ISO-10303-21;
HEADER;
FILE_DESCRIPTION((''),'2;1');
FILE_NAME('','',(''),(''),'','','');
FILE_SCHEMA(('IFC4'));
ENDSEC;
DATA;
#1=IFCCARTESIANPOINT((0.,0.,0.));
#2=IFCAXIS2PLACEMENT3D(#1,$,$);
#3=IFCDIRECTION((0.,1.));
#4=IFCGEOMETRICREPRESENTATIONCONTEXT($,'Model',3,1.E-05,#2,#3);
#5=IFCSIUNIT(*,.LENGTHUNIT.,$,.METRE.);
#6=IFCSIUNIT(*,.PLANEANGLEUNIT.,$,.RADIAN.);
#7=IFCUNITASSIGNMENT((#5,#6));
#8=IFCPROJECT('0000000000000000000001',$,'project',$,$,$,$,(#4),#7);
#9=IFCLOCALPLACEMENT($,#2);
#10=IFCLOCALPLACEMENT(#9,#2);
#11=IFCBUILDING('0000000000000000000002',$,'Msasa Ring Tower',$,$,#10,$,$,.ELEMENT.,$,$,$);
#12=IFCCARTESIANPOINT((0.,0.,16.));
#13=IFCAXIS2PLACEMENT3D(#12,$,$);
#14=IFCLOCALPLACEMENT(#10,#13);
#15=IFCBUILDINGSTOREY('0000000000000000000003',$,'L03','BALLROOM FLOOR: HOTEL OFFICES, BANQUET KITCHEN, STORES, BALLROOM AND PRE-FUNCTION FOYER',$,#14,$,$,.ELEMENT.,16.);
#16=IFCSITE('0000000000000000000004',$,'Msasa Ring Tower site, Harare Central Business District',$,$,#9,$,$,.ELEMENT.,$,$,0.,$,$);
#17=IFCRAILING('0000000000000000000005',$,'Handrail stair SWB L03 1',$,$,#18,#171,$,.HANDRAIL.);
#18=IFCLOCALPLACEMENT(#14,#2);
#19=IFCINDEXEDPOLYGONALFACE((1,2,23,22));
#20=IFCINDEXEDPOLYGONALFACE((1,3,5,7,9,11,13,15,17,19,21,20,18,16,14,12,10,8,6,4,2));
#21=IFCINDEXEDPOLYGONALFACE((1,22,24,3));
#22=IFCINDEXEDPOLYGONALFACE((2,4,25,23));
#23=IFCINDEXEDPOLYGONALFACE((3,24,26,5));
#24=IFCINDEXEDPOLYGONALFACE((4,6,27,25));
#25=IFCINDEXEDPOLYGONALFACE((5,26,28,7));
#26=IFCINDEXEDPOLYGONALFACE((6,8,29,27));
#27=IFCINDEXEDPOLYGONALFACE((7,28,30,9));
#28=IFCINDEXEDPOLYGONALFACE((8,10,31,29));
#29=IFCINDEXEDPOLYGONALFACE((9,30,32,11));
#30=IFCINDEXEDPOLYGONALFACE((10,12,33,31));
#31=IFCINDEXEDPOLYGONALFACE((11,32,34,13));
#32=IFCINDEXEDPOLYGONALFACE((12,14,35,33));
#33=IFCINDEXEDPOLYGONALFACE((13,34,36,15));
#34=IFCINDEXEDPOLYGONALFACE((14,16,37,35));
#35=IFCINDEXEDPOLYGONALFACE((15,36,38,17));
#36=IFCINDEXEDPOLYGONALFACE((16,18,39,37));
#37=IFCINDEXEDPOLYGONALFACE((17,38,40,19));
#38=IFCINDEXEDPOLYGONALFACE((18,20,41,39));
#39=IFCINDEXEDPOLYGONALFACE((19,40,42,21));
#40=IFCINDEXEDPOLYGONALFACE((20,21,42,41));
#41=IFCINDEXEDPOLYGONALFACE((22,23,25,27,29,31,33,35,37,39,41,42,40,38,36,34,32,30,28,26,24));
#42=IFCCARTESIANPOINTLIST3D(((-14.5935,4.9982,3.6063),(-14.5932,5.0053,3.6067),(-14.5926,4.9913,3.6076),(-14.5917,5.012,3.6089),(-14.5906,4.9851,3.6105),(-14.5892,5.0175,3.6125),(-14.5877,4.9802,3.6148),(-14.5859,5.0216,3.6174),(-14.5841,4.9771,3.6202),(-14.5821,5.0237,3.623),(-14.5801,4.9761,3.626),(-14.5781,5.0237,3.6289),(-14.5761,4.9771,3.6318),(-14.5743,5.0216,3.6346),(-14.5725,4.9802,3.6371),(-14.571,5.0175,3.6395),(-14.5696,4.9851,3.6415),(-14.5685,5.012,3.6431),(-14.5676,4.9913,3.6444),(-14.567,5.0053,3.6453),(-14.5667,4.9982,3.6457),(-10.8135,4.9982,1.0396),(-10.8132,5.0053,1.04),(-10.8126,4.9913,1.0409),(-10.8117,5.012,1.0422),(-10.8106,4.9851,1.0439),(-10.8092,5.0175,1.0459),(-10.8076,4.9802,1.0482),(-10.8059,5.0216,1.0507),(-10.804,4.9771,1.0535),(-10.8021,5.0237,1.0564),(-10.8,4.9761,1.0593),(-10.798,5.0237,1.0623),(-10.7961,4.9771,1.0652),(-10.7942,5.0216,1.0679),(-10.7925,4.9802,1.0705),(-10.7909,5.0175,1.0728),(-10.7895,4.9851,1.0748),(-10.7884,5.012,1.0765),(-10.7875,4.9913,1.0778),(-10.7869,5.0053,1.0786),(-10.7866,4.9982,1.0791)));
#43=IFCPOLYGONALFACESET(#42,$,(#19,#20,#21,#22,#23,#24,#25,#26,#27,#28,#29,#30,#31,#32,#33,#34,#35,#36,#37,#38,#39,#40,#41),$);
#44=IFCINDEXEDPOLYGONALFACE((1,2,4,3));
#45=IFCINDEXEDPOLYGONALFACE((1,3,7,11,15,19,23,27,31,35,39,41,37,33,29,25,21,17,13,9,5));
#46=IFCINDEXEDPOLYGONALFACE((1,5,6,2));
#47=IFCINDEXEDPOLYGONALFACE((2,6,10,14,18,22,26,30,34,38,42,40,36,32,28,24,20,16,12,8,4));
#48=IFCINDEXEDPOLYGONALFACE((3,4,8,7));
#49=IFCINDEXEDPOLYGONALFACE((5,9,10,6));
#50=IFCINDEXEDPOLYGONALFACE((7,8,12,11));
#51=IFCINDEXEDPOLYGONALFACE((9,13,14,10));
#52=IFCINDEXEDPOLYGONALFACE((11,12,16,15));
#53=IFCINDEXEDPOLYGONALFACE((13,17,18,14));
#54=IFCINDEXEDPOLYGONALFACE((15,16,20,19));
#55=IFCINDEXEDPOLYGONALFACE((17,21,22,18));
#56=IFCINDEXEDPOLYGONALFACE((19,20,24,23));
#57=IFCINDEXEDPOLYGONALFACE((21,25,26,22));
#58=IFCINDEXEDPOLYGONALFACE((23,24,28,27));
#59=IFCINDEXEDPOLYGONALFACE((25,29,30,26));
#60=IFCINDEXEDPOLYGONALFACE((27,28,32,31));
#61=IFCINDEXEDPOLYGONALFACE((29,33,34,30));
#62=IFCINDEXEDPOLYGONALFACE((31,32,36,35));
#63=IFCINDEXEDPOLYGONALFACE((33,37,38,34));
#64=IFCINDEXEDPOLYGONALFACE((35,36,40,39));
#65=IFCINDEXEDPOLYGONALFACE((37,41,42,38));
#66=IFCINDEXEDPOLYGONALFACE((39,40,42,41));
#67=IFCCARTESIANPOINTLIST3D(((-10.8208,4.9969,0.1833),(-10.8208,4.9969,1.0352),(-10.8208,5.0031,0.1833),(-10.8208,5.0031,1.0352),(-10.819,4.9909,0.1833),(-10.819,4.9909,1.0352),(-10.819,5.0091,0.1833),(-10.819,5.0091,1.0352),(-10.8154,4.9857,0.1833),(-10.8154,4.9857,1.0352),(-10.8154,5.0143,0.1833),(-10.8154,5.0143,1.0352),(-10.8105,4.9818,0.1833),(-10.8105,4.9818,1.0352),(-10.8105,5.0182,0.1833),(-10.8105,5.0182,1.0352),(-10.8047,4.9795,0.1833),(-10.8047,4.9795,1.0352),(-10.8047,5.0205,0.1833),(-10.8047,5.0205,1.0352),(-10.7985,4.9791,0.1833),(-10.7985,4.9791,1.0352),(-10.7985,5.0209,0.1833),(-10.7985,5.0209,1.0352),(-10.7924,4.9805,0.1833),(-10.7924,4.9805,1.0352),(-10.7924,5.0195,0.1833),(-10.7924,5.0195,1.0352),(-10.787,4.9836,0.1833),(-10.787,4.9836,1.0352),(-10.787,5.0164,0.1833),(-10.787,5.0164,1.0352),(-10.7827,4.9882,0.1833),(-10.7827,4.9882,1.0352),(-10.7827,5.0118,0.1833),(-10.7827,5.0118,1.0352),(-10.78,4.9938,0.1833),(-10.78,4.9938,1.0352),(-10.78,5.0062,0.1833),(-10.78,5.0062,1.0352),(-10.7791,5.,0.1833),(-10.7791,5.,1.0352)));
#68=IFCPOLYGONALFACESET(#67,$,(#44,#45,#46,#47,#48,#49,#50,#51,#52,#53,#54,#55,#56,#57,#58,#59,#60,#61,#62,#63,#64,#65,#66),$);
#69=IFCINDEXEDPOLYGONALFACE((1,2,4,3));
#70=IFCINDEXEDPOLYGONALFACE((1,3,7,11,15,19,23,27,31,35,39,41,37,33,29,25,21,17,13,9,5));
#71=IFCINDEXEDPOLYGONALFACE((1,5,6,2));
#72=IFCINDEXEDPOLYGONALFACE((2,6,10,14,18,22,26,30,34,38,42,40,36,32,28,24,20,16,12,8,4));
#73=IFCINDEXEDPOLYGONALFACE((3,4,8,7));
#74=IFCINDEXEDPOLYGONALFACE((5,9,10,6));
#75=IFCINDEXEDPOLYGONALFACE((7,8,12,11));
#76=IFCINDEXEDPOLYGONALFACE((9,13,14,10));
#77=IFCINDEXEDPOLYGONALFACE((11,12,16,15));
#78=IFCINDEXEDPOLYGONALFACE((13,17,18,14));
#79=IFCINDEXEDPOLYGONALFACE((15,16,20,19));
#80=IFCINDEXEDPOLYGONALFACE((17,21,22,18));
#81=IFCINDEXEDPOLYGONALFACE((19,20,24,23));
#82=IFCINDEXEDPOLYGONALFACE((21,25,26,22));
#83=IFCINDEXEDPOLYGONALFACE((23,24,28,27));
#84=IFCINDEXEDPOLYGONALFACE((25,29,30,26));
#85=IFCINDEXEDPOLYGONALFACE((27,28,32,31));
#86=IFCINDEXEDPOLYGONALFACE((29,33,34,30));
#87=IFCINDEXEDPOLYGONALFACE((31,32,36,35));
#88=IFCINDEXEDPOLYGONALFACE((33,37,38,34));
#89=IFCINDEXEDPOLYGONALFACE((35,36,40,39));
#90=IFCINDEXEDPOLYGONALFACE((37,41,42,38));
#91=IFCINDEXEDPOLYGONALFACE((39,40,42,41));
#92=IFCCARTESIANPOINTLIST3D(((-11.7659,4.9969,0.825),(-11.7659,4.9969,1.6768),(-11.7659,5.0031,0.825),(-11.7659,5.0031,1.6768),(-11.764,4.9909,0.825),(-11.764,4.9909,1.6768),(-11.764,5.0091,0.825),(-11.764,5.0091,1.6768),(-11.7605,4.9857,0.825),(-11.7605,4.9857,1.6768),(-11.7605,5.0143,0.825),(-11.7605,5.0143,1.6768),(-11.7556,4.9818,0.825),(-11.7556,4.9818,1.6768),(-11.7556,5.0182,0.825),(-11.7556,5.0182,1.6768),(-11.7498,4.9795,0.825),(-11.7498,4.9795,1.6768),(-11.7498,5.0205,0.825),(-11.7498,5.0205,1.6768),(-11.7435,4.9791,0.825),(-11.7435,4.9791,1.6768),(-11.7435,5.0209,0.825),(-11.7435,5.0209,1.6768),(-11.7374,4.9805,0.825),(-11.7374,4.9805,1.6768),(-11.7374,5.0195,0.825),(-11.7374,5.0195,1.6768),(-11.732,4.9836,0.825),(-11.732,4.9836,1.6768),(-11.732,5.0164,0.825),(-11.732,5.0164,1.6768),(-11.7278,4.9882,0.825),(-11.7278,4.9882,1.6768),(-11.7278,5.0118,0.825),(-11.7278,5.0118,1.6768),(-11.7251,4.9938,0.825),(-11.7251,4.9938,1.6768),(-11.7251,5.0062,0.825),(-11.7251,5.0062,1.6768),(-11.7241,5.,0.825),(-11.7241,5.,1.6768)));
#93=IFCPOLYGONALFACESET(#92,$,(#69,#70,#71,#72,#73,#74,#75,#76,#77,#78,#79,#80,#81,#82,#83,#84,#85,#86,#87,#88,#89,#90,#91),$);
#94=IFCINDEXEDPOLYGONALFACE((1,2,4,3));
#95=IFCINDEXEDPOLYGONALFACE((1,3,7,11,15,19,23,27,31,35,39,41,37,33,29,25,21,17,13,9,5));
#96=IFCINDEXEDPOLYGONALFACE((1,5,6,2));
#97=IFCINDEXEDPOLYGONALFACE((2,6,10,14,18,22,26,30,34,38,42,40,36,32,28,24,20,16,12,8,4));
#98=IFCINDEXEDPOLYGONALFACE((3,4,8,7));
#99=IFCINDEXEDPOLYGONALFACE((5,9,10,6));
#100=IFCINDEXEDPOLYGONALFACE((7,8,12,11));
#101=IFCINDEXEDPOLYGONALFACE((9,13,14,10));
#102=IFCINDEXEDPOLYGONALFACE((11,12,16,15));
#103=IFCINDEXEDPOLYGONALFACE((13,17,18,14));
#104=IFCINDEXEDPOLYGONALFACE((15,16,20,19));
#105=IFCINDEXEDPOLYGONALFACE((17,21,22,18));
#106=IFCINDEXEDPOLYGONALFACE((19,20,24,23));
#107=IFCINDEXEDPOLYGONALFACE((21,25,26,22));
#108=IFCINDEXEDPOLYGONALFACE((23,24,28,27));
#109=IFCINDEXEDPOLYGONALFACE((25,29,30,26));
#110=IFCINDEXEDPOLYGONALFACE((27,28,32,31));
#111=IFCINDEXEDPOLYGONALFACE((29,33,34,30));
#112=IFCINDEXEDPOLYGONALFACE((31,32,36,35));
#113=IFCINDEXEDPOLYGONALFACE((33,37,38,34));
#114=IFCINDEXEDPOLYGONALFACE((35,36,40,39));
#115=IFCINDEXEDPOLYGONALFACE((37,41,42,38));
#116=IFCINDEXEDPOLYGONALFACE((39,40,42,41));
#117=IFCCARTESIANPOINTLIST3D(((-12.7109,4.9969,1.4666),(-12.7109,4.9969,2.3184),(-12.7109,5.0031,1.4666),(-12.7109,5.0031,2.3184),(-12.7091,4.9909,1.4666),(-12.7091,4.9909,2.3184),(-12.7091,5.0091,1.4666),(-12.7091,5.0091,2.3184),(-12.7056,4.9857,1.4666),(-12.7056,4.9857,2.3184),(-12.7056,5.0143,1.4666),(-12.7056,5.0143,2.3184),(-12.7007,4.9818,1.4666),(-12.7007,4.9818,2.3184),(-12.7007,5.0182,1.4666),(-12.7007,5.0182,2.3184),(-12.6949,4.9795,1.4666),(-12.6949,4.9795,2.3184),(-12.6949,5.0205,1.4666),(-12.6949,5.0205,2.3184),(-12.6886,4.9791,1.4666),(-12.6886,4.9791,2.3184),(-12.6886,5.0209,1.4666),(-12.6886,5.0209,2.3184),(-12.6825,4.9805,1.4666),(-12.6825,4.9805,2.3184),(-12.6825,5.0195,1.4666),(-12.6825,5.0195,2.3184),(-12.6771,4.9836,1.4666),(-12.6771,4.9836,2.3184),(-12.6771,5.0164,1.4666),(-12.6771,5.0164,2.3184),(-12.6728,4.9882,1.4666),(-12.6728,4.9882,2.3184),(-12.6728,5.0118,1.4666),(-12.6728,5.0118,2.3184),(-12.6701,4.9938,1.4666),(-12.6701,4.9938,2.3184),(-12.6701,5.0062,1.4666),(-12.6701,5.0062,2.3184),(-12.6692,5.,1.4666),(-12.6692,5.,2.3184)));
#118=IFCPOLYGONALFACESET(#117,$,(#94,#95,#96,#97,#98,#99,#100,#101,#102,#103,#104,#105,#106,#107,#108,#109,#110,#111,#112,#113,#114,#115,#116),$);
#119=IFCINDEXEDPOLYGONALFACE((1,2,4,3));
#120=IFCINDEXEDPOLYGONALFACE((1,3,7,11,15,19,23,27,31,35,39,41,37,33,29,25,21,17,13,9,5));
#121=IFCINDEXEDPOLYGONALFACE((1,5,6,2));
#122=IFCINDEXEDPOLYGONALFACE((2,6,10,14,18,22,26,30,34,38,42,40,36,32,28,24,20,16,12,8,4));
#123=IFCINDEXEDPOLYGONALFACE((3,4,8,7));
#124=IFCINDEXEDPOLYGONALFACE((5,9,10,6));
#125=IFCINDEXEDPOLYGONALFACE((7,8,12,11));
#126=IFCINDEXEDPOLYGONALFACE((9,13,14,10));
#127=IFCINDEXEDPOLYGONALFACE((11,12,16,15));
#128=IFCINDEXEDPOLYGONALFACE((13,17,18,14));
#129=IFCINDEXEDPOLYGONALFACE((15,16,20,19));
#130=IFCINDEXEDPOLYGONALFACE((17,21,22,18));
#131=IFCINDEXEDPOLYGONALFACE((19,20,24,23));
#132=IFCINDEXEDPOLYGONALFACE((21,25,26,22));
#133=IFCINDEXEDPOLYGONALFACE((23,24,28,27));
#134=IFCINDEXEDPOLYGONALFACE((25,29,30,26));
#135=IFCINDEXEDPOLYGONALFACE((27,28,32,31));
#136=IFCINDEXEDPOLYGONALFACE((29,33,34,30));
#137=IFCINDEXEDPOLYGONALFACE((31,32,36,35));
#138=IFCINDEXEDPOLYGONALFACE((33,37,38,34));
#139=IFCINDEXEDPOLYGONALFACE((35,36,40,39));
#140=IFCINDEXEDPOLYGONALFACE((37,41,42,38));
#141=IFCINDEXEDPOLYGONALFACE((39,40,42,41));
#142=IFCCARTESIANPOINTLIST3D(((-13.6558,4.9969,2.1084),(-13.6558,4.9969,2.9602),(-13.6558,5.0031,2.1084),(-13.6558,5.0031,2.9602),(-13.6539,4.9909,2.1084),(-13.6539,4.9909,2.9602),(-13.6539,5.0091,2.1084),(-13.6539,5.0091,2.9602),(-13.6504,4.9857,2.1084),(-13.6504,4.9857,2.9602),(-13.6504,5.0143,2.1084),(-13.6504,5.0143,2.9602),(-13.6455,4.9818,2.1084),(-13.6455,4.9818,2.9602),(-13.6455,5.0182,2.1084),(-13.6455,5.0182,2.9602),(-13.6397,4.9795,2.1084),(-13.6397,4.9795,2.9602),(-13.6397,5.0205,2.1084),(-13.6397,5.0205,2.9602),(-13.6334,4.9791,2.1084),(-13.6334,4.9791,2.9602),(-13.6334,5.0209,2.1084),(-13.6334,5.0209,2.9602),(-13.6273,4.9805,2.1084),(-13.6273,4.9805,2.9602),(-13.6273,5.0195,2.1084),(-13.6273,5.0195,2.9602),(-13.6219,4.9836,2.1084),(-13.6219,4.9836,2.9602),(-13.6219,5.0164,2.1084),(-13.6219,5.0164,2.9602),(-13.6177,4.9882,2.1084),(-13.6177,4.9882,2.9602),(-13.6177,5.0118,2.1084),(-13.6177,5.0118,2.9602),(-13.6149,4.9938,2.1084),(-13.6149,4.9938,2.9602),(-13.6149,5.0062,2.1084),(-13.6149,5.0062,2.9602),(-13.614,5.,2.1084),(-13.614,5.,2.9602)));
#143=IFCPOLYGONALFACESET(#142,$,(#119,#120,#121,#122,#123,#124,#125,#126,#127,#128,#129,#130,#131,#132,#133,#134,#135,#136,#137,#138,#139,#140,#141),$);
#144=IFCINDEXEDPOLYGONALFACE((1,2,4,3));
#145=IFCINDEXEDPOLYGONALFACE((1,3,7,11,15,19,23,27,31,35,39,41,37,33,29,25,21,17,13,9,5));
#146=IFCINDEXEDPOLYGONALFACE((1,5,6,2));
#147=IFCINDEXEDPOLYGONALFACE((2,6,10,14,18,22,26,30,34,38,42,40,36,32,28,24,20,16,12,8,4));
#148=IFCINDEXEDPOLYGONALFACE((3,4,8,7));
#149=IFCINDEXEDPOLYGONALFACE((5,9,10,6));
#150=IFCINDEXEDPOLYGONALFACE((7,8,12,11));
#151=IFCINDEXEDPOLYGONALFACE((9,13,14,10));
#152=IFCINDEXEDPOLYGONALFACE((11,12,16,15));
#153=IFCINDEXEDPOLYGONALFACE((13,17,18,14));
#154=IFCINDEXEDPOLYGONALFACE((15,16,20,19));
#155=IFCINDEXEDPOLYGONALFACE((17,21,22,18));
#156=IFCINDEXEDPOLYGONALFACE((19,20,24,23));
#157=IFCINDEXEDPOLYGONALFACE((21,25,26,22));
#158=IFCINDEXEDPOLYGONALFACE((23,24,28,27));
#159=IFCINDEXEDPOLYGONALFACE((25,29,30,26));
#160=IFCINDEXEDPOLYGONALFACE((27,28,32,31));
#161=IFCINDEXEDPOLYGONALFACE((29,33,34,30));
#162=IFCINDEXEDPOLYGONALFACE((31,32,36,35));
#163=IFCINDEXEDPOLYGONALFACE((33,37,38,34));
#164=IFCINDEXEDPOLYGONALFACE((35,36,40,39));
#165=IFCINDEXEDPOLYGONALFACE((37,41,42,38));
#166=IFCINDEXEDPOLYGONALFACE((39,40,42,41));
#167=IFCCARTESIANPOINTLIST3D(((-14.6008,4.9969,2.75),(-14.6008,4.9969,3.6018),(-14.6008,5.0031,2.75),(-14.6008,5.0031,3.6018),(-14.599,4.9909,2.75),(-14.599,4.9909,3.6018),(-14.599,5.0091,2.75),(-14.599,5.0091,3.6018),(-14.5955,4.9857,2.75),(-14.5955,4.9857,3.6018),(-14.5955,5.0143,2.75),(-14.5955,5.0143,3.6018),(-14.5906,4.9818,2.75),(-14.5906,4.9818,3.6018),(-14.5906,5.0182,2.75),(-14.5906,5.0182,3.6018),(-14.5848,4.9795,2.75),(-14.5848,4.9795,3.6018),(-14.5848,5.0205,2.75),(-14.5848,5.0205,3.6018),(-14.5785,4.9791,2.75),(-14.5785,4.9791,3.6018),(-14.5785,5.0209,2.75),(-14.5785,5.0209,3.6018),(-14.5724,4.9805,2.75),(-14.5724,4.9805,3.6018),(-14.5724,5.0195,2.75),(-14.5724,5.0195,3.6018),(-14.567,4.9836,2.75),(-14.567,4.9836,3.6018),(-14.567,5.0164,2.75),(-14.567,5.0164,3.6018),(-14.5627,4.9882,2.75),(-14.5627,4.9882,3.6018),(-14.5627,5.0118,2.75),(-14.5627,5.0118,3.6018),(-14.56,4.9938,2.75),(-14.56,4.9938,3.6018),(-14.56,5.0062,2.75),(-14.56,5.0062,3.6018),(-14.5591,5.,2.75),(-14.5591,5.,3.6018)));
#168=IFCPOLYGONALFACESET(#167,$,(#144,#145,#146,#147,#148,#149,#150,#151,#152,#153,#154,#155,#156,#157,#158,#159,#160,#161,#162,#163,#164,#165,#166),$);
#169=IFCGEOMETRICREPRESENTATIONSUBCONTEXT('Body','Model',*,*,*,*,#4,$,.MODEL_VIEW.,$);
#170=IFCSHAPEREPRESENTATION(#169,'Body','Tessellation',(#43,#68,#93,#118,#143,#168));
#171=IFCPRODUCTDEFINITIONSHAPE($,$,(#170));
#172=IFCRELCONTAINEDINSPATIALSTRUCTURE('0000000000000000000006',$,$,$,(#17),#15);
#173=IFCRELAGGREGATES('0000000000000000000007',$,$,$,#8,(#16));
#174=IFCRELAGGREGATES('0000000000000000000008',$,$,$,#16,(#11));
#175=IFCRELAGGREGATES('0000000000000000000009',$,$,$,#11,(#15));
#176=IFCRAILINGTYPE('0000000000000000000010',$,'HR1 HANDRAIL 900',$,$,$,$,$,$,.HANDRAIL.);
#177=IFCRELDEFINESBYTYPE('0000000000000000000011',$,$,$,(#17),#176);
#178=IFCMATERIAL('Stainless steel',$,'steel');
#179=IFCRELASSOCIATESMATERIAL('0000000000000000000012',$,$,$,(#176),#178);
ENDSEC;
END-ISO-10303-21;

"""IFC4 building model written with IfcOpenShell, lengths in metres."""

from ifc_helpers import new_model, si_unit, direction, frame, origin, origin_2d, place, context, subcontext, project, spatial, circle, extrude, material, type_object, element, save


model = new_model("IFC4")

# Units and contexts
model_context = context("Model", 3, precision=1e-05, world=origin(), true_north=direction((0.0, 1.0)))
body_context = subcontext(model_context, "Body", "Model", "MODEL_VIEW")
ifc_project = project(units=[si_unit("LENGTHUNIT", "METRE"), si_unit("PLANEANGLEUNIT", "RADIAN")], contexts=[model_context])

# Site, building, storey
site_placement = place(None, origin())
site = spatial("IfcSite", under=ifc_project, at=site_placement, Name="Msasa Ring Tower site, Harare Central Business District", CompositionType="ELEMENT", RefElevation=0.0)
building_placement = place(site_placement, origin())
building = spatial("IfcBuilding", under=site, at=building_placement, Name="Msasa Ring Tower", CompositionType="ELEMENT")
storey_placement = place(building_placement, frame((0.0, 0.0, 16.0)))
storey = spatial("IfcBuildingStorey", under=building, at=storey_placement, Name="L03", Description="BALLROOM FLOOR: HOTEL OFFICES, BANQUET KITCHEN, STORES, BALLROOM AND PRE-FUNCTION FOYER", CompositionType="ELEMENT", Elevation=16.0)

# Railing
ifc_material_1 = material(Name="Stainless steel", Category="steel")
railing_type = type_object("IfcRailingType", Name="HR1 HANDRAIL 900", PredefinedType="HANDRAIL", material=ifc_material_1)
for number, where, name in (
    (1, (-10.8, 5.0, 0.1833), "Handrail stair SWB L03 1"),
):
    element("IfcRailing", number, at=place(storey_placement, frame(where)), inside=storey, type_object=railing_type, Name=name, PredefinedType="HANDRAIL", context=body_context, shape_type="SweptSolid", body=[
        extrude(circle(Radius=0.0239, at=origin_2d()), frame((0.0, 0.0, 0.876), z_axis=(-0.82731, 0.0, 0.561746), x_axis=(0.0, -1.0, 0.0)), (0.0, 0.0, 1.0), 4.5691),
        extrude(circle(Radius=0.021, at=origin_2d()), origin(), (0.0, 0.0, 1.0), 0.8518),
        extrude(circle(Radius=0.021, at=origin_2d()), frame((-0.9451, 0.0, 0.6416)), (0.0, 0.0, 1.0), 0.8518),
        extrude(circle(Radius=0.021, at=origin_2d()), frame((-1.8901, 0.0, 1.2832)), (0.0, 0.0, 1.0), 0.8518),
        extrude(circle(Radius=0.021, at=origin_2d()), frame((-2.835, 0.0, 1.925)), (0.0, 0.0, 1.0), 0.8518),
        extrude(circle(Radius=0.021, at=origin_2d()), frame((-3.78, 0.0, 2.5667)), (0.0, 0.0, 1.0), 0.8518),
    ])

save(model, "model.ifc")
